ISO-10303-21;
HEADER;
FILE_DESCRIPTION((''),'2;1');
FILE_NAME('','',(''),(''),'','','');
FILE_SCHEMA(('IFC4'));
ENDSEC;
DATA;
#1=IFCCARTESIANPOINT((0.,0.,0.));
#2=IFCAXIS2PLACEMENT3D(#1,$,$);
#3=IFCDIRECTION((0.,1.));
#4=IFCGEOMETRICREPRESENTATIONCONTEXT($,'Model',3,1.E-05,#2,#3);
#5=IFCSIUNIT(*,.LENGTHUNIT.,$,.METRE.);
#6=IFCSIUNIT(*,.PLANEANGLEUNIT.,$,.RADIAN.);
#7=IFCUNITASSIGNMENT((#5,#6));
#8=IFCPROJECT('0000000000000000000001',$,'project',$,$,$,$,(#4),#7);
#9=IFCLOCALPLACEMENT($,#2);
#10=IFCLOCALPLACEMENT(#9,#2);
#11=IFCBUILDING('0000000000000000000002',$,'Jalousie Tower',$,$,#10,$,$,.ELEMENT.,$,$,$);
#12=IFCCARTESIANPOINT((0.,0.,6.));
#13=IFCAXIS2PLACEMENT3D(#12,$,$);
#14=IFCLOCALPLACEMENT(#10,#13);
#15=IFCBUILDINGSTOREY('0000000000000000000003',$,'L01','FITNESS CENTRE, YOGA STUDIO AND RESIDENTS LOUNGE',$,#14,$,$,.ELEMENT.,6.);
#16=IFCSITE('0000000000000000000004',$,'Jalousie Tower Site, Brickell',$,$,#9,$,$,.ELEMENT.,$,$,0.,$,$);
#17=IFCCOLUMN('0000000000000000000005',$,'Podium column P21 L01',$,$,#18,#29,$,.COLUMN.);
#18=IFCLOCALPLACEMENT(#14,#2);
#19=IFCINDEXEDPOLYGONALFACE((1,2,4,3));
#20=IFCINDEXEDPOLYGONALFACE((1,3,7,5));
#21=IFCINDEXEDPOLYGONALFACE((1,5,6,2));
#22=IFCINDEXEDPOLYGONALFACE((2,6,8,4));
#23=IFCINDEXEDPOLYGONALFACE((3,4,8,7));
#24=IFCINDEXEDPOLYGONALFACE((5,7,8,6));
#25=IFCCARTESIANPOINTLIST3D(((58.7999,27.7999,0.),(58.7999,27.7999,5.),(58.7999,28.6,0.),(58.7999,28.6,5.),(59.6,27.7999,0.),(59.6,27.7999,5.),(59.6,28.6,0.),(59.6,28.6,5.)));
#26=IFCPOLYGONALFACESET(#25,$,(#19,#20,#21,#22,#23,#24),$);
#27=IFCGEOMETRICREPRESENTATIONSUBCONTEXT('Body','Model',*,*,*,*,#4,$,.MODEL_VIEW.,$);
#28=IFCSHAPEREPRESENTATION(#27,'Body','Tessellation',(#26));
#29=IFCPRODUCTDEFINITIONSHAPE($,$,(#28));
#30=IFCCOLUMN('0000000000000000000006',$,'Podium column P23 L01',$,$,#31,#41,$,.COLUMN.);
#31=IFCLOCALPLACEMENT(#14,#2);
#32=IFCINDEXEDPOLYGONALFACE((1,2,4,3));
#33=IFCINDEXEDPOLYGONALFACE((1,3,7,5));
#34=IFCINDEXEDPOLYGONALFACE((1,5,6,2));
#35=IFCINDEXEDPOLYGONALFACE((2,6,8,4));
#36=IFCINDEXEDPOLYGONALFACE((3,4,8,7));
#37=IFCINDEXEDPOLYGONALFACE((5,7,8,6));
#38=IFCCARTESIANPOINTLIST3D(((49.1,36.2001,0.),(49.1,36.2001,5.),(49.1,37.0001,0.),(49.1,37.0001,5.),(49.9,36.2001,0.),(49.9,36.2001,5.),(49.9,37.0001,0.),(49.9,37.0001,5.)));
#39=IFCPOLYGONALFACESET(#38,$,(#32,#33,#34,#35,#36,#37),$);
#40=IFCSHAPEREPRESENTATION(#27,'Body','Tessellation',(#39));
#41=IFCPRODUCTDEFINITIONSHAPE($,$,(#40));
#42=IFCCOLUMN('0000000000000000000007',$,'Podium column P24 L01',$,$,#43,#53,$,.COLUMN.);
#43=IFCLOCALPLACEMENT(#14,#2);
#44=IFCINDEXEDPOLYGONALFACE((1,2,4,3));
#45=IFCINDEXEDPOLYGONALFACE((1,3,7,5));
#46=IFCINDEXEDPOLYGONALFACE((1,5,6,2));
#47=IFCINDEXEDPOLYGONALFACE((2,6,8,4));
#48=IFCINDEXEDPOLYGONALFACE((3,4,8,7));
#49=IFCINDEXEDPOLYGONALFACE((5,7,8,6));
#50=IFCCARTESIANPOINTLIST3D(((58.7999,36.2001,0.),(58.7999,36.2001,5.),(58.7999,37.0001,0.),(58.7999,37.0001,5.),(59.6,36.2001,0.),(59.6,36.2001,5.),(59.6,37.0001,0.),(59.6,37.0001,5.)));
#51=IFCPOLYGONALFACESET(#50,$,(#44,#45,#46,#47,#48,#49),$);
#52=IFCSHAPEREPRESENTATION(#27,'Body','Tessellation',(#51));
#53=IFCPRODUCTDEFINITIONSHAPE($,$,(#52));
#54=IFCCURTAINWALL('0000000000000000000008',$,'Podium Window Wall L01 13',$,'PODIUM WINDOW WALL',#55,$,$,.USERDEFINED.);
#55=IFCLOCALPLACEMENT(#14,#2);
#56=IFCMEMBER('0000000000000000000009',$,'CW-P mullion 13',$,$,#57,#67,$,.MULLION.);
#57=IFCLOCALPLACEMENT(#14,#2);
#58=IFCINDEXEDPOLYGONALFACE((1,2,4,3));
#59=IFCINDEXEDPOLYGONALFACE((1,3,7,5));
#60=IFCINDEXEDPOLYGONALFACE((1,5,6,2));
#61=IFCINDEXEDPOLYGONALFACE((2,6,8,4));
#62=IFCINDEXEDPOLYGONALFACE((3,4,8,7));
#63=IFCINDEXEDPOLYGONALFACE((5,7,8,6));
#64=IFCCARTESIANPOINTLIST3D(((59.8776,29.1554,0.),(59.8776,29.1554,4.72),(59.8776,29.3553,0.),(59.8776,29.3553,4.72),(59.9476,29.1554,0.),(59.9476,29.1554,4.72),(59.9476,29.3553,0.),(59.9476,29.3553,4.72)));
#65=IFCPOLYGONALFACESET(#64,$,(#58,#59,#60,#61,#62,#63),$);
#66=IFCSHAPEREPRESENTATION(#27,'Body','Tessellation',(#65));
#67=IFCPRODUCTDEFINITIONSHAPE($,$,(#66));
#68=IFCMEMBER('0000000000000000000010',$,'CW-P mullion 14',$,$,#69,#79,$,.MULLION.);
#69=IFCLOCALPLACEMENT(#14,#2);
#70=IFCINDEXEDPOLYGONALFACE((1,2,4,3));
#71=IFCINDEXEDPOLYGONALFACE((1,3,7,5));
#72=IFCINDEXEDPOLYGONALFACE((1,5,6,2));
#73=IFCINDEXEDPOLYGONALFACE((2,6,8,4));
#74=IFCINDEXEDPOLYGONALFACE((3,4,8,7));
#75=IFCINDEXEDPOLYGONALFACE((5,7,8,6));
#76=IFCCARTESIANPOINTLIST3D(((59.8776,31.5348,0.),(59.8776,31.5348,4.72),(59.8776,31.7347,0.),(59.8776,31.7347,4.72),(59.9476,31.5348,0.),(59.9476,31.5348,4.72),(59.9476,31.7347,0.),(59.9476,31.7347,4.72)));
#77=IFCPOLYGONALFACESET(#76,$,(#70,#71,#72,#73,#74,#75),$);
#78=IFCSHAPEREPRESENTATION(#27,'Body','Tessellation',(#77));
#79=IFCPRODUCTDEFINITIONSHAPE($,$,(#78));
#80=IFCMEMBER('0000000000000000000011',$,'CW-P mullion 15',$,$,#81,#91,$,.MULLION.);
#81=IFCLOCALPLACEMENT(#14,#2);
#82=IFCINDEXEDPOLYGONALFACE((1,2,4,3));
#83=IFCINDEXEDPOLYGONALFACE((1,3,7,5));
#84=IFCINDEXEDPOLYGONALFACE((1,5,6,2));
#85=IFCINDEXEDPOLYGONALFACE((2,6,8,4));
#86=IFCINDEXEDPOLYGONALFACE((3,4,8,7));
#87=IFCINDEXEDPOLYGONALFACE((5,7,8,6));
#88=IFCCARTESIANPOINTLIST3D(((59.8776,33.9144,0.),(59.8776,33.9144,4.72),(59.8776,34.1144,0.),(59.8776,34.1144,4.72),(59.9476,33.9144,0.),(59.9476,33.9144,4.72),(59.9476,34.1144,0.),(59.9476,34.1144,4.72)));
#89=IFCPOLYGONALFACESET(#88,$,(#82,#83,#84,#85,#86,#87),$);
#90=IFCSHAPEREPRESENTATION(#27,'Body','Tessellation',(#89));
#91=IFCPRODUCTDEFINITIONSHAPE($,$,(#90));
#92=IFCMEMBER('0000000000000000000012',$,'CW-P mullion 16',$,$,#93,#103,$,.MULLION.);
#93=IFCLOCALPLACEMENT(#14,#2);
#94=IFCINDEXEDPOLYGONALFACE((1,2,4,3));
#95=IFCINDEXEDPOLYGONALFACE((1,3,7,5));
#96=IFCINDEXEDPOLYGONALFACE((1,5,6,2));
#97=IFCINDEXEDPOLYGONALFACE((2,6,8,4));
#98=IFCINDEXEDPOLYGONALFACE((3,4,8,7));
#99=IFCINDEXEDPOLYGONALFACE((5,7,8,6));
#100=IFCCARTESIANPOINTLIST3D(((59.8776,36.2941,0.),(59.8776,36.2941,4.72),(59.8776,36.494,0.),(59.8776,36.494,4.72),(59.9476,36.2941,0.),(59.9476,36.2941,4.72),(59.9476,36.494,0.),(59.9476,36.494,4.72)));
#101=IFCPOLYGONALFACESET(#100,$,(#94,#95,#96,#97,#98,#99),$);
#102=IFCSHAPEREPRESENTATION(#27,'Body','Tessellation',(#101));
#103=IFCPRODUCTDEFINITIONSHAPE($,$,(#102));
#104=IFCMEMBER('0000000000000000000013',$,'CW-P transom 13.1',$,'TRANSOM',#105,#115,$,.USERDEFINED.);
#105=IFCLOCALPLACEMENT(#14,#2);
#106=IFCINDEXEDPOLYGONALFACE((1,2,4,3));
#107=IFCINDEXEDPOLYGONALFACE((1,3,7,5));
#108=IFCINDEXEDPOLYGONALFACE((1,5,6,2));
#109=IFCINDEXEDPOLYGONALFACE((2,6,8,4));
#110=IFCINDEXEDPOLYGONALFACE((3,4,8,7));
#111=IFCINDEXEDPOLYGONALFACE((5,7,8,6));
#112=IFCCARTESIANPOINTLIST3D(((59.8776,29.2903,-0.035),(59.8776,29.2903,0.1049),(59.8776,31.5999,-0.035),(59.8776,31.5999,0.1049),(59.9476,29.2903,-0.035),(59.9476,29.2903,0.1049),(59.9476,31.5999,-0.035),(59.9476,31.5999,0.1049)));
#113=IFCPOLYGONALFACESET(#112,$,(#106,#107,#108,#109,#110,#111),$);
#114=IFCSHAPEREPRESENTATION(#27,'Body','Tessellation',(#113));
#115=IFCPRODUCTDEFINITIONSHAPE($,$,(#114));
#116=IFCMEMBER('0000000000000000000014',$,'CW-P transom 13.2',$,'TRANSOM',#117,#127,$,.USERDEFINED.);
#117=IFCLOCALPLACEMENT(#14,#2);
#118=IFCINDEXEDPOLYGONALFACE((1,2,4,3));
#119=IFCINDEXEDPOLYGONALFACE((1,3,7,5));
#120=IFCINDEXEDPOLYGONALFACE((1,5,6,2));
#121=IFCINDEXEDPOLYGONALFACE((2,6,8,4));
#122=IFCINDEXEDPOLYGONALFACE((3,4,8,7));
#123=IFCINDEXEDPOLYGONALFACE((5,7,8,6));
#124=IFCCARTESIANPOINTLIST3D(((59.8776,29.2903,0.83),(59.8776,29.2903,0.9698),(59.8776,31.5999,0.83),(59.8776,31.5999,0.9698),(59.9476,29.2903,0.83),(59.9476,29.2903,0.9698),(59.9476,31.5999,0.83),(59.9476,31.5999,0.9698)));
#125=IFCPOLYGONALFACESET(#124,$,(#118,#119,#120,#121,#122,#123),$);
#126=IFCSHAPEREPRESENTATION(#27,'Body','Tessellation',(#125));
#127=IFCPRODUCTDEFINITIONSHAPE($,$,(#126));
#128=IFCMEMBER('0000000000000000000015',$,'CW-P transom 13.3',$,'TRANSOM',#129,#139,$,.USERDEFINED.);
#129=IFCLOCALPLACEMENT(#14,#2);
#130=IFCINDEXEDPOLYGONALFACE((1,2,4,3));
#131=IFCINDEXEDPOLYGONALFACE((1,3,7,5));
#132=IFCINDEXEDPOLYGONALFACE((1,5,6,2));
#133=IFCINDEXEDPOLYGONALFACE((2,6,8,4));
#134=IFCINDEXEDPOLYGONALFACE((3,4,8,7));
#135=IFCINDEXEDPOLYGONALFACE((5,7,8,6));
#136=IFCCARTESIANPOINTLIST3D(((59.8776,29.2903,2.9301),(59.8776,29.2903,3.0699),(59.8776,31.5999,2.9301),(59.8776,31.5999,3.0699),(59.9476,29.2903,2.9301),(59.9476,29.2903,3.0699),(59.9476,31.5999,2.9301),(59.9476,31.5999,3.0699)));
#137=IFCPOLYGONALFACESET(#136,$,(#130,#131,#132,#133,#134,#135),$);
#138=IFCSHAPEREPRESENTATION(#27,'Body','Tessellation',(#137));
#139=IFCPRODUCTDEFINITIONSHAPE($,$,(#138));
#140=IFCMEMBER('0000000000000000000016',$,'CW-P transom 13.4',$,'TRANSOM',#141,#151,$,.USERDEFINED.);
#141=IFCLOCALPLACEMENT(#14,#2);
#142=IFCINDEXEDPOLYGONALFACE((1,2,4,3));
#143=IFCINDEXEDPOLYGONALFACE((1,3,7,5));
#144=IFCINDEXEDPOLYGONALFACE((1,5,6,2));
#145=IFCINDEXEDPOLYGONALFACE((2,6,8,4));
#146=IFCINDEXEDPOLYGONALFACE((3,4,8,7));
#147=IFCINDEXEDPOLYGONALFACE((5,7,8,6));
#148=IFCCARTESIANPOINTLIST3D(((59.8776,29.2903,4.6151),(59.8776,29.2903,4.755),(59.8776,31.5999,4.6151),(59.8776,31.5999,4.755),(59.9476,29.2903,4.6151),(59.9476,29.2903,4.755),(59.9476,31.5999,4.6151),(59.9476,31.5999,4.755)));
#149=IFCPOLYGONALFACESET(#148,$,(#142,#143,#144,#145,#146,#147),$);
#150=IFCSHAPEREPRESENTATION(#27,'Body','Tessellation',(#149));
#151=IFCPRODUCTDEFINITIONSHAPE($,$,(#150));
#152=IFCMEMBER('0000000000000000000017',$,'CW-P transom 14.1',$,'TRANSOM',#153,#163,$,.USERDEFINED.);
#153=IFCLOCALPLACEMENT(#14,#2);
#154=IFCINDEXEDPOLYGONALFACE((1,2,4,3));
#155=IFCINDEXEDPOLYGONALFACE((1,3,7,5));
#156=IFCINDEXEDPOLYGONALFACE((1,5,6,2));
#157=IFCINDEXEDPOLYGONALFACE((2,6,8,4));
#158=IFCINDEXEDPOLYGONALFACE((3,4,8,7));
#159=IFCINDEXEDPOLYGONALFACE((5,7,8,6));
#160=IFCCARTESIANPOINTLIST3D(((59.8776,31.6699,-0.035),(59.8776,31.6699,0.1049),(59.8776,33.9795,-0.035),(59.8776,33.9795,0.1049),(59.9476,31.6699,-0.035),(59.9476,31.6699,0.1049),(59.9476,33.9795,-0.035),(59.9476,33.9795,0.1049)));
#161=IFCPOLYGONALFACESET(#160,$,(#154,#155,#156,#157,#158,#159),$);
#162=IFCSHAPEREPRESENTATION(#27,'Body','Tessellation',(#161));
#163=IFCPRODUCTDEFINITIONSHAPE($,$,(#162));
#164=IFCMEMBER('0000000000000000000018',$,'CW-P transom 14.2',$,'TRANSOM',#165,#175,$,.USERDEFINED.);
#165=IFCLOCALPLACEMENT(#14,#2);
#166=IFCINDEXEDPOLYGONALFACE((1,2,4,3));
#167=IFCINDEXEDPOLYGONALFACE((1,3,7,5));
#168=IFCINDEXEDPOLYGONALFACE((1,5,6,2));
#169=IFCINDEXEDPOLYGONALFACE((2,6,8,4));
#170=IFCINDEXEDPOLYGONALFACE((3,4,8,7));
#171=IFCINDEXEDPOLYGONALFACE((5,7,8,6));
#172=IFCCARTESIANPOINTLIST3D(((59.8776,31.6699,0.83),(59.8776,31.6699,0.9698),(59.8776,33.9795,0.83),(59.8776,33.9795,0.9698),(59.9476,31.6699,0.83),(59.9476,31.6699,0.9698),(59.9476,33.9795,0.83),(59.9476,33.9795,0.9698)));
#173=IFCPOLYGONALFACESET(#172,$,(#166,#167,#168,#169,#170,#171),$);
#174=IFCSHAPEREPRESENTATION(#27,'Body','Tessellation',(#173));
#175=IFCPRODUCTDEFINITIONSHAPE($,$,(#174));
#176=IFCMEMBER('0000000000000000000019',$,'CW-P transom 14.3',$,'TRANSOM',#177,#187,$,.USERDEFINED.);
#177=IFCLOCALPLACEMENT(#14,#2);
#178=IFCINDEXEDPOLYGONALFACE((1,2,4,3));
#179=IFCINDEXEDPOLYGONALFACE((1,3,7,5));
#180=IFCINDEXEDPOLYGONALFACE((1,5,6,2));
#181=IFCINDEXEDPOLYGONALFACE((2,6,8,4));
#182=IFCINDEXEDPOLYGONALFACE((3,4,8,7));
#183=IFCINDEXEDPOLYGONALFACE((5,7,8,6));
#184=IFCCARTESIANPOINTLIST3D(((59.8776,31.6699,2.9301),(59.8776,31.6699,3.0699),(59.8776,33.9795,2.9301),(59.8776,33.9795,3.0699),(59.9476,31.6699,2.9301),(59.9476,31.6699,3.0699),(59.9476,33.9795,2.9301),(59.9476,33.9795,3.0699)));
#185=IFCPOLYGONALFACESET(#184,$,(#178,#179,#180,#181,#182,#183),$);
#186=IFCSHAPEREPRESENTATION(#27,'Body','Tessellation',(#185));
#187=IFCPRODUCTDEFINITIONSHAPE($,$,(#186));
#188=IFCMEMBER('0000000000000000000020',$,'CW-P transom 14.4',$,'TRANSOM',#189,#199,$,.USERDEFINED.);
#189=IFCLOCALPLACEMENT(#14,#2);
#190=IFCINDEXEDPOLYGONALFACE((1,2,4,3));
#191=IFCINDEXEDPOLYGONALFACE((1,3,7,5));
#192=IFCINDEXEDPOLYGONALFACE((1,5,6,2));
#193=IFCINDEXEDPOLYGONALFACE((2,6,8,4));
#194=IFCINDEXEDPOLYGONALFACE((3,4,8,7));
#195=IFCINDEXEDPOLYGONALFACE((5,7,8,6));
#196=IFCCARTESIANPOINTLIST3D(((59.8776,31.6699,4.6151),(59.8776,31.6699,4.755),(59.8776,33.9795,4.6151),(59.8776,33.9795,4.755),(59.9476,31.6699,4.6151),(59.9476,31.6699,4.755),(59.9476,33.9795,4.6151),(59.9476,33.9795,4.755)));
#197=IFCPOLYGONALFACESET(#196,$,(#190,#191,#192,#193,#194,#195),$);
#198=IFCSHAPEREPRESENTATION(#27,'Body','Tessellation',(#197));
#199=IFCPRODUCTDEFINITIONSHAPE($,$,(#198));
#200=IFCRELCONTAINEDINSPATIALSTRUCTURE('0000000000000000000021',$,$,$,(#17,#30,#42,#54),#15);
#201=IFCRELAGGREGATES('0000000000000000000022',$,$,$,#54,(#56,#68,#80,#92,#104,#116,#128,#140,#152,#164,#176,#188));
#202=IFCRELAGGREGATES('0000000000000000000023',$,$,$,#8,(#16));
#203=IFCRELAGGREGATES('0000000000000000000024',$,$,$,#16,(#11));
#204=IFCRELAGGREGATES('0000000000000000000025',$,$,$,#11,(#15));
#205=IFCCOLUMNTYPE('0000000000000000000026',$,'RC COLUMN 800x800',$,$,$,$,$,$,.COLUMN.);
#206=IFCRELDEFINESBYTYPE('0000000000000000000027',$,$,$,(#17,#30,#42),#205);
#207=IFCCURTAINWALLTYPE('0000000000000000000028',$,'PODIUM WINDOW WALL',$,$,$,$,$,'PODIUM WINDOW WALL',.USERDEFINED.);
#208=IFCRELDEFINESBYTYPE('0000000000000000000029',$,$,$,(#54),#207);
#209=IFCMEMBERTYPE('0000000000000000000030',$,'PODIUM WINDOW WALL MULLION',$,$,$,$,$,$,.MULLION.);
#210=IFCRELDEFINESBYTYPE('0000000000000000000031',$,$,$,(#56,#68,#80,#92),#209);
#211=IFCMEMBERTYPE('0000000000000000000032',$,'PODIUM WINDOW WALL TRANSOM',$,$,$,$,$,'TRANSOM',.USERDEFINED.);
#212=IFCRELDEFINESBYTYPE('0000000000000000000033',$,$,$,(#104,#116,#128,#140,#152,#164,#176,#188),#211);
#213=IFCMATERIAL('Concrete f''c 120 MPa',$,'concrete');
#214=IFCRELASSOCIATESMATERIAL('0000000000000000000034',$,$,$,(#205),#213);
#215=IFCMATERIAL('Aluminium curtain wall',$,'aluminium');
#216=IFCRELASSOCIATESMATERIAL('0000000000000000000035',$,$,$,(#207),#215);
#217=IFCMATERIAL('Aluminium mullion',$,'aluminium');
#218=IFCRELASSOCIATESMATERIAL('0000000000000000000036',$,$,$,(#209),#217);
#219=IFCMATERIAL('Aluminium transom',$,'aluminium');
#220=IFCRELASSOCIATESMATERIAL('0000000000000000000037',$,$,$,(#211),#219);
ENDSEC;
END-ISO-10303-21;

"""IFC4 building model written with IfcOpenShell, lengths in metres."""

from ifc_helpers import new_model, si_unit, direction, frame, origin, origin_2d, place, context, subcontext, project, spatial, rectangle, extrude, material, material_profile, profile_set, type_object, element, aggregate, save


model = new_model("IFC4")

# Units and contexts
model_context = context("Model", 3, precision=1e-05, world=origin(), true_north=direction((0.0, 1.0)))
body_context = subcontext(model_context, "Body", "Model", "MODEL_VIEW")
ifc_project = project(units=[si_unit("LENGTHUNIT", "METRE"), si_unit("PLANEANGLEUNIT", "RADIAN")], contexts=[model_context])

# Site, building, storey
site_placement = place(None, origin())
site = spatial("IfcSite", under=ifc_project, at=site_placement, Name="Jalousie Tower Site, Brickell", CompositionType="ELEMENT", RefElevation=0.0)
building_placement = place(site_placement, origin())
building = spatial("IfcBuilding", under=site, at=building_placement, Name="Jalousie Tower", CompositionType="ELEMENT")
storey_placement = place(building_placement, frame((0.0, 0.0, 6.0)))
storey = spatial("IfcBuildingStorey", under=building, at=storey_placement, Name="L01", Description="FITNESS CENTRE, YOGA STUDIO AND RESIDENTS LOUNGE", CompositionType="ELEMENT", Elevation=6.0)

# Columns
ifc_material_1 = material(Name="Concrete f'c 120 MPa", Category="concrete")
ifc_material_profile_1 = material_profile(ifc_material_1, rectangle(XDim=0.8, YDim=0.8, at=origin_2d()), Name="RC 800x800")
ifc_profile_set_1 = profile_set([ifc_material_profile_1], Name="Concrete f'c 120 MPa")
column_type = type_object("IfcColumnType", Name="RC COLUMN 800x800", PredefinedType="COLUMN", material=ifc_profile_set_1)
for number, where, z_axis, x_axis, name in (
    (1, (59.2, 28.2, 0.0), (0.0, 0.0, 1.0), (1.0, 0.0, 0.0), "Podium column P21 L01"),
    (2, (49.5, 36.6001, 0.0), (0.0, 0.0, 1.0), (1.0, 0.0, 0.0), "Podium column P23 L01"),
    (3, (59.2, 36.6001, 0.0), (0.0, 0.0, 1.0), (1.0, 0.0, 0.0), "Podium column P24 L01"),
):
    element("IfcColumn", number, at=place(storey_placement, frame(where, z_axis=z_axis, x_axis=x_axis)), inside=storey, type_object=column_type, Name=name, PredefinedType="COLUMN", context=body_context, shape_type="SweptSolid", body=[
        extrude(rectangle(XDim=0.8, YDim=0.8, at=origin_2d()), origin(), (0.0, 0.0, 1.0), 5.0),
    ])

# Curtain wall, members
ifc_material_2 = material(Name="Aluminium curtain wall", Category="aluminium")
curtain_wall_type = type_object("IfcCurtainWallType", Name="PODIUM WINDOW WALL", ElementType="PODIUM WINDOW WALL", PredefinedType="USERDEFINED", material=ifc_material_2)
curtain_wall_placement = place(storey_placement, origin())
curtain_wall = element("IfcCurtainWall", 4, at=curtain_wall_placement, inside=storey, type_object=curtain_wall_type, Name="Podium Window Wall L01 13", ObjectType="PODIUM WINDOW WALL", PredefinedType="USERDEFINED")
ifc_material_3 = material(Name="Aluminium mullion", Category="aluminium")
ifc_material_profile_2 = material_profile(ifc_material_3, rectangle(XDim=0.0701, YDim=0.2, at=origin_2d()), Name="MULLION 70x200")
ifc_profile_set_2 = profile_set([ifc_material_profile_2], Name="Aluminium mullion")
member_type_1 = type_object("IfcMemberType", Name="PODIUM WINDOW WALL MULLION", PredefinedType="MULLION", material=ifc_profile_set_2)
member_1_placement = place(storey_placement, frame((59.9126, 29.2554, 0.0), z_axis=(0.0, 0.0, 1.0), x_axis=(-1.0, 0.0, 0.0)))
member_1 = element("IfcMember", 5, at=member_1_placement, type_object=member_type_1, Name="CW-P mullion 13", PredefinedType="MULLION", context=body_context, shape_type="SweptSolid", body=[
    extrude(rectangle(XDim=0.0701, YDim=0.2, at=origin_2d()), origin(), (0.0, 0.0, 1.0), 4.72),
])
member_2_placement = place(storey_placement, frame((59.9126, 31.6348, 0.0), z_axis=(0.0, 0.0, 1.0), x_axis=(-1.0, 0.0, 0.0)))
member_2 = element("IfcMember", 6, at=member_2_placement, type_object=member_type_1, Name="CW-P mullion 14", PredefinedType="MULLION", context=body_context, shape_type="SweptSolid", body=[
    extrude(rectangle(XDim=0.0701, YDim=0.2, at=origin_2d()), origin(), (0.0, 0.0, 1.0), 4.72),
])
member_3_placement = place(storey_placement, frame((59.9126, 34.0144, 0.0), z_axis=(0.0, 0.0, 1.0), x_axis=(-1.0, 0.0, 0.0)))
member_3 = element("IfcMember", 7, at=member_3_placement, type_object=member_type_1, Name="CW-P mullion 15", PredefinedType="MULLION", context=body_context, shape_type="SweptSolid", body=[
    extrude(rectangle(XDim=0.0701, YDim=0.2, at=origin_2d()), origin(), (0.0, 0.0, 1.0), 4.72),
])
member_4_placement = place(storey_placement, frame((59.9126, 36.394, 0.0), z_axis=(0.0, 0.0, 1.0), x_axis=(-1.0, 0.0, 0.0)))
member_4 = element("IfcMember", 8, at=member_4_placement, type_object=member_type_1, Name="CW-P mullion 16", PredefinedType="MULLION", context=body_context, shape_type="SweptSolid", body=[
    extrude(rectangle(XDim=0.0701, YDim=0.2, at=origin_2d()), origin(), (0.0, 0.0, 1.0), 4.72),
])
ifc_material_4 = material(Name="Aluminium transom", Category="aluminium")
ifc_material_profile_3 = material_profile(ifc_material_4, rectangle(XDim=0.0701, YDim=0.1399, at=origin_2d()), Name="TRANSOM 70x140")
ifc_profile_set_3 = profile_set([ifc_material_profile_3], Name="Aluminium transom")
member_type_2 = type_object("IfcMemberType", Name="PODIUM WINDOW WALL TRANSOM", ElementType="TRANSOM", PredefinedType="USERDEFINED", material=ifc_profile_set_3)
member_5_placement = place(storey_placement, frame((59.9126, 29.2903, 0.0349), z_axis=(0.0, 1.0, 0.0), x_axis=(-1.0, 0.0, 0.0)))
member_5 = element("IfcMember", 9, at=member_5_placement, type_object=member_type_2, Name="CW-P transom 13.1", ObjectType="TRANSOM", PredefinedType="USERDEFINED", context=body_context, shape_type="SweptSolid", body=[
    extrude(rectangle(XDim=0.0701, YDim=0.1399, at=origin_2d()), origin(), (0.0, 0.0, 1.0), 2.3096),
])
member_6_placement = place(storey_placement, frame((59.9126, 29.2903, 0.8999), z_axis=(0.0, 1.0, 0.0), x_axis=(-1.0, 0.0, 0.0)))
member_6 = element("IfcMember", 10, at=member_6_placement, type_object=member_type_2, Name="CW-P transom 13.2", ObjectType="TRANSOM", PredefinedType="USERDEFINED", context=body_context, shape_type="SweptSolid", body=[
    extrude(rectangle(XDim=0.0701, YDim=0.1399, at=origin_2d()), origin(), (0.0, 0.0, 1.0), 2.3096),
])
member_7_placement = place(storey_placement, frame((59.9126, 29.2903, 3.0), z_axis=(0.0, 1.0, 0.0), x_axis=(-1.0, 0.0, 0.0)))
member_7 = element("IfcMember", 11, at=member_7_placement, type_object=member_type_2, Name="CW-P transom 13.3", ObjectType="TRANSOM", PredefinedType="USERDEFINED", context=body_context, shape_type="SweptSolid", body=[
    extrude(rectangle(XDim=0.0701, YDim=0.1399, at=origin_2d()), origin(), (0.0, 0.0, 1.0), 2.3096),
])
member_8_placement = place(storey_placement, frame((59.9126, 29.2903, 4.6851), z_axis=(0.0, 1.0, 0.0), x_axis=(-1.0, 0.0, 0.0)))
member_8 = element("IfcMember", 12, at=member_8_placement, type_object=member_type_2, Name="CW-P transom 13.4", ObjectType="TRANSOM", PredefinedType="USERDEFINED", context=body_context, shape_type="SweptSolid", body=[
    extrude(rectangle(XDim=0.0701, YDim=0.1399, at=origin_2d()), origin(), (0.0, 0.0, 1.0), 2.3096),
])
member_9_placement = place(storey_placement, frame((59.9126, 31.6699, 0.0349), z_axis=(0.0, 1.0, 0.0), x_axis=(-1.0, 0.0, 0.0)))
member_9 = element("IfcMember", 13, at=member_9_placement, type_object=member_type_2, Name="CW-P transom 14.1", ObjectType="TRANSOM", PredefinedType="USERDEFINED", context=body_context, shape_type="SweptSolid", body=[
    extrude(rectangle(XDim=0.0701, YDim=0.1399, at=origin_2d()), origin(), (0.0, 0.0, 1.0), 2.3096),
])
member_10_placement = place(storey_placement, frame((59.9126, 31.6699, 0.8999), z_axis=(0.0, 1.0, 0.0), x_axis=(-1.0, 0.0, 0.0)))
member_10 = element("IfcMember", 14, at=member_10_placement, type_object=member_type_2, Name="CW-P transom 14.2", ObjectType="TRANSOM", PredefinedType="USERDEFINED", context=body_context, shape_type="SweptSolid", body=[
    extrude(rectangle(XDim=0.0701, YDim=0.1399, at=origin_2d()), origin(), (0.0, 0.0, 1.0), 2.3096),
])
member_11_placement = place(storey_placement, frame((59.9126, 31.6699, 3.0), z_axis=(0.0, 1.0, 0.0), x_axis=(-1.0, 0.0, 0.0)))
member_11 = element("IfcMember", 15, at=member_11_placement, type_object=member_type_2, Name="CW-P transom 14.3", ObjectType="TRANSOM", PredefinedType="USERDEFINED", context=body_context, shape_type="SweptSolid", body=[
    extrude(rectangle(XDim=0.0701, YDim=0.1399, at=origin_2d()), origin(), (0.0, 0.0, 1.0), 2.3096),
])
member_12_placement = place(storey_placement, frame((59.9126, 31.6699, 4.6851), z_axis=(0.0, 1.0, 0.0), x_axis=(-1.0, 0.0, 0.0)))
member_12 = element("IfcMember", 16, at=member_12_placement, type_object=member_type_2, Name="CW-P transom 14.4", ObjectType="TRANSOM", PredefinedType="USERDEFINED", context=body_context, shape_type="SweptSolid", body=[
    extrude(rectangle(XDim=0.0701, YDim=0.1399, at=origin_2d()), origin(), (0.0, 0.0, 1.0), 2.3096),
])

aggregate(curtain_wall, [member_1, member_2, member_3, member_4, member_5, member_6, member_7, member_8, member_9, member_10, member_11, member_12])

save(model, "model.ifc")
